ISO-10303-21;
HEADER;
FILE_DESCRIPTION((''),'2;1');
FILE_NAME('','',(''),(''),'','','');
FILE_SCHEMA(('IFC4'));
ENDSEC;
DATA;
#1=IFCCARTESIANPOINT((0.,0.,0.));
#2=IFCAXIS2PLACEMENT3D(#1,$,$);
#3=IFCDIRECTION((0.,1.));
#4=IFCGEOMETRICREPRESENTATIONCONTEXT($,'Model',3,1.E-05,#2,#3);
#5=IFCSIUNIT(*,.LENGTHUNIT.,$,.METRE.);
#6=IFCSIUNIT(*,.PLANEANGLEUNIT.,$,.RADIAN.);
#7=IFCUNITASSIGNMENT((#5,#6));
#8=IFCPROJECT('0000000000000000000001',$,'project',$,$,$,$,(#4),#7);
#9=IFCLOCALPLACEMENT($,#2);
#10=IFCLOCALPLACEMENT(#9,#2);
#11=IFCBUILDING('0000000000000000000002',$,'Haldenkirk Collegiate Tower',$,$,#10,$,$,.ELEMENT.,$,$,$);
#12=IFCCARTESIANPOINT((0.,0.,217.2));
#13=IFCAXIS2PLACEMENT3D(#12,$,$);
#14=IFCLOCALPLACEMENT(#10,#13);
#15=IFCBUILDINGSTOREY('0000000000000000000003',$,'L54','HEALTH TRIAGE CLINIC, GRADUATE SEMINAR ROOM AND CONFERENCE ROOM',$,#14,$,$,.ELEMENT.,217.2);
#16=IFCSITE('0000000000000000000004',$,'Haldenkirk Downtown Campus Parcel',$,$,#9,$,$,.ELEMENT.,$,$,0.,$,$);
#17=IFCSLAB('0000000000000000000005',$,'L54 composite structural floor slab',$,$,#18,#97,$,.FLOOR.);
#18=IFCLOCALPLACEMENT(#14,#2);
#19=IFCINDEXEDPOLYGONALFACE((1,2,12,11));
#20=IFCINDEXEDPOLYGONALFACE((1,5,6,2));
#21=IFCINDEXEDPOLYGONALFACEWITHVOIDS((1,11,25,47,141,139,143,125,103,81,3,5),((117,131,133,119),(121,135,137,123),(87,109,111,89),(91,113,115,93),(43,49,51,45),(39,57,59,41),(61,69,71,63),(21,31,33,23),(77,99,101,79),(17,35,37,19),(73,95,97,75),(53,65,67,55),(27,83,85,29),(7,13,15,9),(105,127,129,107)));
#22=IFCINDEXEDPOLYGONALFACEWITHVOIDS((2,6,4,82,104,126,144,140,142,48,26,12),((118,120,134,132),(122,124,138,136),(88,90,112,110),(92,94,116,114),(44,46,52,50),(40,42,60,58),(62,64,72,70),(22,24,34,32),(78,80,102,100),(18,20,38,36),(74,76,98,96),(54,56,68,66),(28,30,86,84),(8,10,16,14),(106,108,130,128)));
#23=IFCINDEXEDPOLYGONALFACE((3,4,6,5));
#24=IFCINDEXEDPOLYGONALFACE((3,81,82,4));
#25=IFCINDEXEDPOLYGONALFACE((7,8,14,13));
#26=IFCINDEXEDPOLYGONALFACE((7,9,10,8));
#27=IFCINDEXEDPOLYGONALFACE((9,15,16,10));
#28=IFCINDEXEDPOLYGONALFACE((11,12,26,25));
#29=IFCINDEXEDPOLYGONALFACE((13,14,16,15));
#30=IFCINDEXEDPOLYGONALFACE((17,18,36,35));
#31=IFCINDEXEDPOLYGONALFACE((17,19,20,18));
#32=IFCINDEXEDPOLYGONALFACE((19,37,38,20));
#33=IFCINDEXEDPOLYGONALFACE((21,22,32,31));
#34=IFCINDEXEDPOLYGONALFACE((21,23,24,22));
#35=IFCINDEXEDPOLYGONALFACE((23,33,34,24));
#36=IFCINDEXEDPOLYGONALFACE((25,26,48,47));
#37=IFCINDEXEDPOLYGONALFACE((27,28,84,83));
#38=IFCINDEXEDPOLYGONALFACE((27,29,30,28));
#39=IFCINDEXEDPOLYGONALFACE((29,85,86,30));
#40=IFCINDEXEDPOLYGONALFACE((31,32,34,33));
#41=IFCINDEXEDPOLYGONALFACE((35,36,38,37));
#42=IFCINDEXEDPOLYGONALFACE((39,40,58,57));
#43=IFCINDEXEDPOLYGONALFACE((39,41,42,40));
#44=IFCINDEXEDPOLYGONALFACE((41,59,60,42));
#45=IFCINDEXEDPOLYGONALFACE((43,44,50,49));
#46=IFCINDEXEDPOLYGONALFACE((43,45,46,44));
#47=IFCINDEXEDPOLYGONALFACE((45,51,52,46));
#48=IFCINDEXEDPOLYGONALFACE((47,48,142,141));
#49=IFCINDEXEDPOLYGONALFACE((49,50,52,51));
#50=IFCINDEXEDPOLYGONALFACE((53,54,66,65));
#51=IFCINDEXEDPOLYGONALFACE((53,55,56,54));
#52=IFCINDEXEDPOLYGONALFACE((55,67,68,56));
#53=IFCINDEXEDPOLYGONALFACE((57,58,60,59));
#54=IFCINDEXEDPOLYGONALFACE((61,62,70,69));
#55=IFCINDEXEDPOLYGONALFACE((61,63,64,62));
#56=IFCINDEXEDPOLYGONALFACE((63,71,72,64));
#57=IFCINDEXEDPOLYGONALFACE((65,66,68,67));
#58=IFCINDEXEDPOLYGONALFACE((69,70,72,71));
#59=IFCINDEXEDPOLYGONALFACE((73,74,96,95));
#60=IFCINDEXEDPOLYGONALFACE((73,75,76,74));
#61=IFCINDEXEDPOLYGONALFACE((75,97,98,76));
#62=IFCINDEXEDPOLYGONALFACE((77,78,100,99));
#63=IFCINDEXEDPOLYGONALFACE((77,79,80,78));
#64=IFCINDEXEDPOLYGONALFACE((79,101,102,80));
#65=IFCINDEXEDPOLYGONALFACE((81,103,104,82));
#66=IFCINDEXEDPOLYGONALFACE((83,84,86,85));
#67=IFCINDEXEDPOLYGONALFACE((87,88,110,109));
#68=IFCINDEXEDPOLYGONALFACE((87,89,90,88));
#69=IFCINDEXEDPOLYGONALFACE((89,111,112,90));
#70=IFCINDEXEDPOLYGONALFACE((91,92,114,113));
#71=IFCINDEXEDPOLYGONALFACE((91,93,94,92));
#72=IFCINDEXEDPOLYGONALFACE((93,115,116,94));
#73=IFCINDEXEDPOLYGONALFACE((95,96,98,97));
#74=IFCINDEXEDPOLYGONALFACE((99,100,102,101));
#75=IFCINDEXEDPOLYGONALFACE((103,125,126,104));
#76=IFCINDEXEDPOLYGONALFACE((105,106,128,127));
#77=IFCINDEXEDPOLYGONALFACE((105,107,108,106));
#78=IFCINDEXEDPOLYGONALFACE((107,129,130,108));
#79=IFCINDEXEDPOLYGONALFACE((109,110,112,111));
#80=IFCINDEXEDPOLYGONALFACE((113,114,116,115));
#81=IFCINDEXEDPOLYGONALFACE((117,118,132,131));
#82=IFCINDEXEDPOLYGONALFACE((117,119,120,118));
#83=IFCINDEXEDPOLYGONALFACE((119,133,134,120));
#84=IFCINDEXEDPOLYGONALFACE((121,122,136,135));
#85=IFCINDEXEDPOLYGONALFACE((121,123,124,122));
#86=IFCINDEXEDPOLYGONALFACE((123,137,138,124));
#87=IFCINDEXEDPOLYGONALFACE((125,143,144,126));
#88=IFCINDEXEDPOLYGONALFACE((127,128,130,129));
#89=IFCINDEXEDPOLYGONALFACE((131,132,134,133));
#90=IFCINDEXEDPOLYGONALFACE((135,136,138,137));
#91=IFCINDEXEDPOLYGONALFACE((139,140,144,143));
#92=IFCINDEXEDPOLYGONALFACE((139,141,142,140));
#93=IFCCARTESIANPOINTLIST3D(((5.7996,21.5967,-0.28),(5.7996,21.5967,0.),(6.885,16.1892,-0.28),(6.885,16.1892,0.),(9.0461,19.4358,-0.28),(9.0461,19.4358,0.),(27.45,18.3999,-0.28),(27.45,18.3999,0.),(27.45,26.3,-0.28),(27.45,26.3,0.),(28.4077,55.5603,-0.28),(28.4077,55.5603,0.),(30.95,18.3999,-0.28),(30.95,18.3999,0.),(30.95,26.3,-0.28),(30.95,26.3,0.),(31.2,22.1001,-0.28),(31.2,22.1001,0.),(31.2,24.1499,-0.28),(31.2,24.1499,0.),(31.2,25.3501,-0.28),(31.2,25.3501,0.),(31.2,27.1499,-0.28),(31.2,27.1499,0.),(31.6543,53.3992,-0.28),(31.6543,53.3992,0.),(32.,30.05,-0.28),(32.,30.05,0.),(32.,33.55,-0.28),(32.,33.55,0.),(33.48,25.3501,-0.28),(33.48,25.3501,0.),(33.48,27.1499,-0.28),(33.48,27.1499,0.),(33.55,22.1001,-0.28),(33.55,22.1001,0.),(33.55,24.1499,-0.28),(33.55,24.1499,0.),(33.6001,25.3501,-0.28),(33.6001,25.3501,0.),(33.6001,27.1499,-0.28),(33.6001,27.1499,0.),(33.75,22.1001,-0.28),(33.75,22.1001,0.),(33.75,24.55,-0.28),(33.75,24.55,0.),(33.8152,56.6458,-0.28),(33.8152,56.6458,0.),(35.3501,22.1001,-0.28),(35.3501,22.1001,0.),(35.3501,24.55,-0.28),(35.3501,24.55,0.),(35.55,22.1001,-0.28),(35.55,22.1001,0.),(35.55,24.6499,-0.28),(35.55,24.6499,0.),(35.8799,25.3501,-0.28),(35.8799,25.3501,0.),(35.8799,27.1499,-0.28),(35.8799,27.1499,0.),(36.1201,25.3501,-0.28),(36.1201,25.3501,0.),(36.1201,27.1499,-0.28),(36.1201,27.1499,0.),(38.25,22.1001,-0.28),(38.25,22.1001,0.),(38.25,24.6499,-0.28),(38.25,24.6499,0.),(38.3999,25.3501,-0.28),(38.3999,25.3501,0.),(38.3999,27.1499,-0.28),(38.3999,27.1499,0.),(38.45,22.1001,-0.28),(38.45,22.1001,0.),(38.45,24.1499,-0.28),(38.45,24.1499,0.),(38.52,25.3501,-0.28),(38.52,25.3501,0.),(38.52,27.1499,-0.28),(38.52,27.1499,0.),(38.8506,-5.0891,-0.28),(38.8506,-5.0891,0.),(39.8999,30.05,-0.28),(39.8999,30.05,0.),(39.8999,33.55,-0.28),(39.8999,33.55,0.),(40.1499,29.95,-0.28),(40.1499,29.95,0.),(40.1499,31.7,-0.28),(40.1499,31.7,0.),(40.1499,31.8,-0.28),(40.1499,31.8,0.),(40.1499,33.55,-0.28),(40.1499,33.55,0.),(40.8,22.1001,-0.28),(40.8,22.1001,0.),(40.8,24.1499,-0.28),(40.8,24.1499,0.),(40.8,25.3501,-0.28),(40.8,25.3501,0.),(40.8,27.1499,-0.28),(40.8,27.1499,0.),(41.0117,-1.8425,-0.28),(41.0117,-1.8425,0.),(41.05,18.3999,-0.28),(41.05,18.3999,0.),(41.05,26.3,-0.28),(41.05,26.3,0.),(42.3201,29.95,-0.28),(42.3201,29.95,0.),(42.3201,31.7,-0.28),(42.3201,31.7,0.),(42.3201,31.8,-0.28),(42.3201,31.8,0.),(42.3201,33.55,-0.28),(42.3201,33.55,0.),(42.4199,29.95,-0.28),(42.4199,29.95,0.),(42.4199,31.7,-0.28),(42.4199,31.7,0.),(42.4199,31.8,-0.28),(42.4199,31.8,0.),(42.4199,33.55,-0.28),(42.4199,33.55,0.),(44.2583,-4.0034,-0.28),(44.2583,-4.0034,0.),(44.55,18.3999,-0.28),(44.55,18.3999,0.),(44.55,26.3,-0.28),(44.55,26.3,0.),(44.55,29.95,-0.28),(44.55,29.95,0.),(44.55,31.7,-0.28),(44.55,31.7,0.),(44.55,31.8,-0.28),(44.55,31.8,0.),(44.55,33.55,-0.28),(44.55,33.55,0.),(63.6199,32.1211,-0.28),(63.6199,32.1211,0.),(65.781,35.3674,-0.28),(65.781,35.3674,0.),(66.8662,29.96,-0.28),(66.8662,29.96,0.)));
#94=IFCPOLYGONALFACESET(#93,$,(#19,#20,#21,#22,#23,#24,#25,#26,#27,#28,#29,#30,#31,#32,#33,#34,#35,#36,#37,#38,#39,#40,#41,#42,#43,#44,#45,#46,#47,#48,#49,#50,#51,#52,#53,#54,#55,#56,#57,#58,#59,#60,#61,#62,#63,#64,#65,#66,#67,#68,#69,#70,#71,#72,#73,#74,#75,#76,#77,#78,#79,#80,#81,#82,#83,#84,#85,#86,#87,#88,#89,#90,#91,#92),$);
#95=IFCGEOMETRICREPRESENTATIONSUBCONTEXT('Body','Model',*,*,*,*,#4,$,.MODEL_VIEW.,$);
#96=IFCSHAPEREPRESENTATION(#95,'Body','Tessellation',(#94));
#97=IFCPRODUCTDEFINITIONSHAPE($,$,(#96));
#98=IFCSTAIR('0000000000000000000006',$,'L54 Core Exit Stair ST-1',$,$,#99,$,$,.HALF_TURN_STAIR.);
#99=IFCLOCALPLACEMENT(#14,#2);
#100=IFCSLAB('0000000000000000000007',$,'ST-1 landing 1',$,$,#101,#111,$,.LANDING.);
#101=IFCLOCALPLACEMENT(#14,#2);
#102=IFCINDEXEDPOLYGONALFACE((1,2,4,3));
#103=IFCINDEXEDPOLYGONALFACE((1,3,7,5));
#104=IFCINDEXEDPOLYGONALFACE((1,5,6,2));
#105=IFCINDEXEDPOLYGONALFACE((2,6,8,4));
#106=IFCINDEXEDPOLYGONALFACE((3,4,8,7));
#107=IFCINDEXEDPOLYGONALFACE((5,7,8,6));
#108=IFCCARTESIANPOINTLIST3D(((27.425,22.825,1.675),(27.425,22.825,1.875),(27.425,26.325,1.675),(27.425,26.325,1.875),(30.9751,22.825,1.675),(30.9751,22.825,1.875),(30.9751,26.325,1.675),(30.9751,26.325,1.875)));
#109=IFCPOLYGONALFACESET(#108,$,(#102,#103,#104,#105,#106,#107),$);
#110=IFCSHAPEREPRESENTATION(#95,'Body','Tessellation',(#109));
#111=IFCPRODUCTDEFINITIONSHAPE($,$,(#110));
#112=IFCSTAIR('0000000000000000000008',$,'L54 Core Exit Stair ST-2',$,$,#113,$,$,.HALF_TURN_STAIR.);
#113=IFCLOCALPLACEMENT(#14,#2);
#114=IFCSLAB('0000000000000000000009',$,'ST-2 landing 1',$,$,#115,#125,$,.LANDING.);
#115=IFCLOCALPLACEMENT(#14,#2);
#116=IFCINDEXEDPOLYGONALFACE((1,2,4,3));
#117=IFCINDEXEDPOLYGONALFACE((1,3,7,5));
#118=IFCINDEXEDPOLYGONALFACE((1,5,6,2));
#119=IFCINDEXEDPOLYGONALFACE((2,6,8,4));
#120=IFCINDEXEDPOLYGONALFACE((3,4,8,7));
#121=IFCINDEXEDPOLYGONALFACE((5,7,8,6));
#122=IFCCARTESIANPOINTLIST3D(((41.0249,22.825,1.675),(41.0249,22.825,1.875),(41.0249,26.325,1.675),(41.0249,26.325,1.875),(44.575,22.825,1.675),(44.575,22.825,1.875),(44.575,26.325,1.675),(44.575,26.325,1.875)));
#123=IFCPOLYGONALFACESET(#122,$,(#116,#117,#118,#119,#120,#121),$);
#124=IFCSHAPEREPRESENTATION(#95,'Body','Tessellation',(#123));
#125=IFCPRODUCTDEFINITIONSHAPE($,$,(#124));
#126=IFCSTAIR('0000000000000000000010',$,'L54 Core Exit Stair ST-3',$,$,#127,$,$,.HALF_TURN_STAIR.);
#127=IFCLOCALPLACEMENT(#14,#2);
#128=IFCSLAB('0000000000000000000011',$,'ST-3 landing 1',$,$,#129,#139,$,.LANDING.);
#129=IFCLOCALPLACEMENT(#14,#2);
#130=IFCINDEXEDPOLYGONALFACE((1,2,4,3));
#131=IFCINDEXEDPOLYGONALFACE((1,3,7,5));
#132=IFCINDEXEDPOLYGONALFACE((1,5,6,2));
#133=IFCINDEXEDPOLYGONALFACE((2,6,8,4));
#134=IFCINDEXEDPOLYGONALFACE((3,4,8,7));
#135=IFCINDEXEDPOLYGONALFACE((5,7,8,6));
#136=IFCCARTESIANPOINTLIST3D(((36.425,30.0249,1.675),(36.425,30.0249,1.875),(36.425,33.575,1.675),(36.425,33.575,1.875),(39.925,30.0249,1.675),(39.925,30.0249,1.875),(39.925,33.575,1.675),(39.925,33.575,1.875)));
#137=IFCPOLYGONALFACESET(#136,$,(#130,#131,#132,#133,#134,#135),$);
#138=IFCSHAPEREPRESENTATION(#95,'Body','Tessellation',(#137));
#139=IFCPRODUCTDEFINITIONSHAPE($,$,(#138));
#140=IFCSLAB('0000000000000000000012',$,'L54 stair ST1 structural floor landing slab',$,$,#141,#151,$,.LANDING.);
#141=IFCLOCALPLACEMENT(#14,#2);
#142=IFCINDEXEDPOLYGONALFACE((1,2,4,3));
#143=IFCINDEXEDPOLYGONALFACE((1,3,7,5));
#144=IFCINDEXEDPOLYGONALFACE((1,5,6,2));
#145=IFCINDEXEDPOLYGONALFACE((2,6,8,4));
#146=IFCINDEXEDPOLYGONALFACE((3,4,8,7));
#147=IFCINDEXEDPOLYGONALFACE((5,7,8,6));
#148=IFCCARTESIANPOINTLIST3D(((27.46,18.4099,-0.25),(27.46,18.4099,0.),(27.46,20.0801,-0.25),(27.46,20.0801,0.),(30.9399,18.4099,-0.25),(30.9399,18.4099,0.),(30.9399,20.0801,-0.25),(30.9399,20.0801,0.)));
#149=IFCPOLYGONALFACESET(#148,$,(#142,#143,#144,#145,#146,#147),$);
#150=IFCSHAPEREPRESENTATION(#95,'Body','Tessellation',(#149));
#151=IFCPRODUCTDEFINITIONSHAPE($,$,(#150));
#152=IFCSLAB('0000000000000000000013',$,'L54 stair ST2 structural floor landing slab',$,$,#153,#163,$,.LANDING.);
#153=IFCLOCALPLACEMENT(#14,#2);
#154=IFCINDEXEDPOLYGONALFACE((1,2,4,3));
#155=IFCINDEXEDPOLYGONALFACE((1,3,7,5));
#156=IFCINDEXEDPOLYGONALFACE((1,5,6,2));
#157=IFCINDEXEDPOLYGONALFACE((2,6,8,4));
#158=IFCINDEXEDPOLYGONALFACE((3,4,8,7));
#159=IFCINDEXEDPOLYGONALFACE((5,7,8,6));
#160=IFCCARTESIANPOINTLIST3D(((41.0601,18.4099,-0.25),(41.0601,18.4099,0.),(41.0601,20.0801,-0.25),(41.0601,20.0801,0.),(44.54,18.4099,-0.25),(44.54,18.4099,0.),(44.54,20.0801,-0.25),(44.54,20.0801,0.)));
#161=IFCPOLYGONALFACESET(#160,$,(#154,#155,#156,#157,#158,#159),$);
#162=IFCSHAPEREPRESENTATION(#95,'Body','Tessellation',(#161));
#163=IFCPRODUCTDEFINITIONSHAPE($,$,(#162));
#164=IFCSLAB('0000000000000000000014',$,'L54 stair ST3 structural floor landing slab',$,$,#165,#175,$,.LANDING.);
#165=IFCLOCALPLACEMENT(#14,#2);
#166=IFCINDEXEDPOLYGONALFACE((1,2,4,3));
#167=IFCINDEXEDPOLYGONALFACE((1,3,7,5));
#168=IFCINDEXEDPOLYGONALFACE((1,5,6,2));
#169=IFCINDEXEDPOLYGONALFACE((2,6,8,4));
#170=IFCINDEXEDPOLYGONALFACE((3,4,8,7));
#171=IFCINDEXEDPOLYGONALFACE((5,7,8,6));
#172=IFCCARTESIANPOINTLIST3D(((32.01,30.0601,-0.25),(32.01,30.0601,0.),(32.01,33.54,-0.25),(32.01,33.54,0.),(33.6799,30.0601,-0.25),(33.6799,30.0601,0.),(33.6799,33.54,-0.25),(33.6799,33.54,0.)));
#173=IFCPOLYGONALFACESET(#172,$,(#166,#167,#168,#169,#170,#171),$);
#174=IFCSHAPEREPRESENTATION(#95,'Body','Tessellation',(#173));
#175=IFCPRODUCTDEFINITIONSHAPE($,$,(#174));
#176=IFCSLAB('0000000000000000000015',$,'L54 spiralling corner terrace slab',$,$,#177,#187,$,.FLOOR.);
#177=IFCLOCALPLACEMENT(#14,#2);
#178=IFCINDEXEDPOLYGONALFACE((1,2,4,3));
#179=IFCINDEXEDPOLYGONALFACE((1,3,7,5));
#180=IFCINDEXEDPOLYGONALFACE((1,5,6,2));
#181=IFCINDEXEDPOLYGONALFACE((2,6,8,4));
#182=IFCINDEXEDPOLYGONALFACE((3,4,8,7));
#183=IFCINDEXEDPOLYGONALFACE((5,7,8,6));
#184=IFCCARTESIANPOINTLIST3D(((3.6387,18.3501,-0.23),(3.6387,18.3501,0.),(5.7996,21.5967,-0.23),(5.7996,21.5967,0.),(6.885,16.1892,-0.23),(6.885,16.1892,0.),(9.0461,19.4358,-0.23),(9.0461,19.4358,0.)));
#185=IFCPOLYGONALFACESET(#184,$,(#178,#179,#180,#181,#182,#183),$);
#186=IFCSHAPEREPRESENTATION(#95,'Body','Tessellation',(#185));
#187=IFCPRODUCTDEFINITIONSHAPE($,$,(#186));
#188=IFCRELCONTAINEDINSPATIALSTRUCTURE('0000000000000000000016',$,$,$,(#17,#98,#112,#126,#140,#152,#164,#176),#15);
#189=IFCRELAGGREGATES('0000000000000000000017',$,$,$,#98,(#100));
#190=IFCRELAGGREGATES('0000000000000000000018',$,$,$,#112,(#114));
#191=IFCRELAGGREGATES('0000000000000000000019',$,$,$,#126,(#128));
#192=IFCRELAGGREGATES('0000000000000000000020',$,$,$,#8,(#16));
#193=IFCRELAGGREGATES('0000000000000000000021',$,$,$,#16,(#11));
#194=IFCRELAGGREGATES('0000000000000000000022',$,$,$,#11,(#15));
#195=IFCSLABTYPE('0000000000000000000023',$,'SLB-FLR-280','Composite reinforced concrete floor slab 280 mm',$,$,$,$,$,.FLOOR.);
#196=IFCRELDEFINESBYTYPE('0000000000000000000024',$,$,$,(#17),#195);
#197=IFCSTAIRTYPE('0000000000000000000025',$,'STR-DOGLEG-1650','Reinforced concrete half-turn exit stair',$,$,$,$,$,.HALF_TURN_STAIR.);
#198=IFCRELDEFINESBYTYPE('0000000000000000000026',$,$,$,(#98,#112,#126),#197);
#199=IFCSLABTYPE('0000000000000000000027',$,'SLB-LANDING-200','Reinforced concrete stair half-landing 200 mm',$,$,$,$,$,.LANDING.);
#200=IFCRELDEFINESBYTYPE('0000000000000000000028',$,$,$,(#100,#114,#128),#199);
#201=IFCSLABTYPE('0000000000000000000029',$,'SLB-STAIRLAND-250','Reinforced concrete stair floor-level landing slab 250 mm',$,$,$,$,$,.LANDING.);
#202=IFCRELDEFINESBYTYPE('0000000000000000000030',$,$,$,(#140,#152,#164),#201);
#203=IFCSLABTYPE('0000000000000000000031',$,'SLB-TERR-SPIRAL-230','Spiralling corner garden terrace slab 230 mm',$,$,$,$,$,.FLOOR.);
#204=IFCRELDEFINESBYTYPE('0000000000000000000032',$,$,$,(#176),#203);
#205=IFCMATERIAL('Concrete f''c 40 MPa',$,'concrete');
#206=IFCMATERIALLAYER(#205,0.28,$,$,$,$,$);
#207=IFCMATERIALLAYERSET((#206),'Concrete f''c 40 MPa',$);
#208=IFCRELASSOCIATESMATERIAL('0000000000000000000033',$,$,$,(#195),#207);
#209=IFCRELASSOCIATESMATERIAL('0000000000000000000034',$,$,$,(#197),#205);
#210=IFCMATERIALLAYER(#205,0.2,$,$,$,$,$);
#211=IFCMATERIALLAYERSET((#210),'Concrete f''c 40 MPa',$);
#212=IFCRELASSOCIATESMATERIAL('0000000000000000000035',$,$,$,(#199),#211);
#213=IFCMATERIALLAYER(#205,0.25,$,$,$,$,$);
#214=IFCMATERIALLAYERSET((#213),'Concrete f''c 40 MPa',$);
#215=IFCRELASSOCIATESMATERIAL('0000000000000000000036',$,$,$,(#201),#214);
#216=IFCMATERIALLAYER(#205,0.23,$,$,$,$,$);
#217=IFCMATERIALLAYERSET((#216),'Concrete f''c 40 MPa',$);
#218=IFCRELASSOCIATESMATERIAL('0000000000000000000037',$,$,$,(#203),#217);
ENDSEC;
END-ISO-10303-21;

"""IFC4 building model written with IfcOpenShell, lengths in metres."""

from ifc_helpers import new_model, si_unit, direction, frame, origin, place, context, subcontext, project, spatial, polyline, outline, extrude, material, layer, layer_set, type_object, element, aggregate, save


model = new_model("IFC4")

# Units and contexts
model_context = context("Model", 3, precision=1e-05, world=origin(), true_north=direction((0.0, 1.0)))
body_context = subcontext(model_context, "Body", "Model", "MODEL_VIEW")
ifc_project = project(units=[si_unit("LENGTHUNIT", "METRE"), si_unit("PLANEANGLEUNIT", "RADIAN")], contexts=[model_context])

# Site, building, storey
site_placement = place(None, origin())
site = spatial("IfcSite", under=ifc_project, at=site_placement, Name="Haldenkirk Downtown Campus Parcel", CompositionType="ELEMENT", RefElevation=0.0)
building_placement = place(site_placement, origin())
building = spatial("IfcBuilding", under=site, at=building_placement, Name="Haldenkirk Collegiate Tower", CompositionType="ELEMENT")
storey_placement = place(building_placement, frame((0.0, 0.0, 217.2)))
storey = spatial("IfcBuildingStorey", under=building, at=storey_placement, Name="L54", Description="HEALTH TRIAGE CLINIC, GRADUATE SEMINAR ROOM AND CONFERENCE ROOM", CompositionType="ELEMENT", Elevation=217.2)

# Slab
ifc_material_1 = material(Name="Concrete f'c 40 MPa", Category="concrete")
ifc_layer_1 = layer(ifc_material_1, 0.28)
ifc_layer_set_1 = layer_set([ifc_layer_1], Name="Concrete f'c 40 MPa")
slab_type_1 = type_object("IfcSlabType", Name="SLB-FLR-280", Description="Composite reinforced concrete floor slab 280 mm", PredefinedType="FLOOR", material=ifc_layer_set_1)
slab_1_placement = place(storey_placement, frame((0.0, 0.0, -0.28)))
element("IfcSlab", 1, at=slab_1_placement, inside=storey, type_object=slab_type_1, Name="L54 composite structural floor slab", PredefinedType="FLOOR", context=body_context, shape_type="SweptSolid", body=[
    extrude(outline(polyline([(44.2583, -4.0034), (66.8662, 29.96), (63.6199, 32.1211), (65.781, 35.3674), (33.8152, 56.6458), (31.6543, 53.3992), (28.4077, 55.5603), (5.7996, 21.5967), (9.0461, 19.4358), (6.885, 16.1892), (38.8506, -5.0891), (41.0117, -1.8425), (44.2583, -4.0034)]), holes=[polyline([(27.45, 18.3999), (30.95, 18.3999), (30.95, 26.3), (27.45, 26.3), (27.45, 18.3999)]), polyline([(41.05, 18.3999), (44.55, 18.3999), (44.55, 26.3), (41.05, 26.3), (41.05, 18.3999)]), polyline([(32.0, 30.05), (39.8999, 30.05), (39.8999, 33.55), (32.0, 33.55), (32.0, 30.05)]), polyline([(33.75, 22.1001), (35.3501, 22.1001), (35.3501, 24.55), (33.75, 24.55), (33.75, 22.1001)]), polyline([(40.1499, 29.95), (42.3201, 29.95), (42.3201, 31.7), (40.1499, 31.7), (40.1499, 29.95)]), polyline([(42.4199, 29.95), (44.55, 29.95), (44.55, 31.7), (42.4199, 31.7), (42.4199, 29.95)]), polyline([(40.1499, 31.8), (42.3201, 31.8), (42.3201, 33.55), (40.1499, 33.55), (40.1499, 31.8)]), polyline([(42.4199, 31.8), (44.55, 31.8), (44.55, 33.55), (42.4199, 33.55), (42.4199, 31.8)]), polyline([(31.2, 25.3501), (33.48, 25.3501), (33.48, 27.1499), (31.2, 27.1499), (31.2, 25.3501)]), polyline([(33.6001, 25.3501), (35.8799, 25.3501), (35.8799, 27.1499), (33.6001, 27.1499), (33.6001, 25.3501)]), polyline([(36.1201, 25.3501), (38.3999, 25.3501), (38.3999, 27.1499), (36.1201, 27.1499), (36.1201, 25.3501)]), polyline([(38.52, 25.3501), (40.8, 25.3501), (40.8, 27.1499), (38.52, 27.1499), (38.52, 25.3501)]), polyline([(31.2, 22.1001), (33.55, 22.1001), (33.55, 24.1499), (31.2, 24.1499), (31.2, 22.1001)]), polyline([(38.45, 22.1001), (40.8, 22.1001), (40.8, 24.1499), (38.45, 24.1499), (38.45, 22.1001)]), polyline([(35.55, 22.1001), (38.25, 22.1001), (38.25, 24.6499), (35.55, 24.6499), (35.55, 22.1001)])]), origin(), (0.0, 0.0, 1.0), 0.28),
])

# Stairs, slabs
stair_type = type_object("IfcStairType", Name="STR-DOGLEG-1650", Description="Reinforced concrete half-turn exit stair", PredefinedType="HALF_TURN_STAIR", material=ifc_material_1)
stair_1_placement = place(storey_placement, origin())
stair_1 = element("IfcStair", 2, at=stair_1_placement, inside=storey, type_object=stair_type, Name="L54 Core Exit Stair ST-1", PredefinedType="HALF_TURN_STAIR")
ifc_layer_2 = layer(ifc_material_1, 0.2)
ifc_layer_set_2 = layer_set([ifc_layer_2], Name="Concrete f'c 40 MPa")
slab_type_2 = type_object("IfcSlabType", Name="SLB-LANDING-200", Description="Reinforced concrete stair half-landing 200 mm", PredefinedType="LANDING", material=ifc_layer_set_2)
slab_2_placement = place(storey_placement, frame((0.0, 0.0, 1.675)))
slab_2 = element("IfcSlab", 3, at=slab_2_placement, type_object=slab_type_2, Name="ST-1 landing 1", PredefinedType="LANDING", context=body_context, shape_type="SweptSolid", body=[
    extrude(outline(polyline([(30.9751, 22.825), (27.425, 22.825), (27.425, 26.325), (30.9751, 26.325), (30.9751, 22.825)])), origin(), (0.0, 0.0, 1.0), 0.2),
])
aggregate(stair_1, [slab_2])
stair_2_placement = place(storey_placement, origin())
stair_2 = element("IfcStair", 4, at=stair_2_placement, inside=storey, type_object=stair_type, Name="L54 Core Exit Stair ST-2", PredefinedType="HALF_TURN_STAIR")
slab_3_placement = place(storey_placement, frame((0.0, 0.0, 1.675)))
slab_3 = element("IfcSlab", 5, at=slab_3_placement, type_object=slab_type_2, Name="ST-2 landing 1", PredefinedType="LANDING", context=body_context, shape_type="SweptSolid", body=[
    extrude(outline(polyline([(44.575, 22.825), (41.0249, 22.825), (41.0249, 26.325), (44.575, 26.325), (44.575, 22.825)])), origin(), (0.0, 0.0, 1.0), 0.2),
])
aggregate(stair_2, [slab_3])
stair_3_placement = place(storey_placement, origin())
stair_3 = element("IfcStair", 6, at=stair_3_placement, inside=storey, type_object=stair_type, Name="L54 Core Exit Stair ST-3", PredefinedType="HALF_TURN_STAIR")
slab_4_placement = place(storey_placement, frame((0.0, 0.0, 1.675)))
slab_4 = element("IfcSlab", 7, at=slab_4_placement, type_object=slab_type_2, Name="ST-3 landing 1", PredefinedType="LANDING", context=body_context, shape_type="SweptSolid", body=[
    extrude(outline(polyline([(36.425, 30.0249), (36.425, 33.575), (39.925, 33.575), (39.925, 30.0249), (36.425, 30.0249)])), origin(), (0.0, 0.0, 1.0), 0.2),
])
aggregate(stair_3, [slab_4])

# Slabs
ifc_layer_3 = layer(ifc_material_1, 0.25)
ifc_layer_set_3 = layer_set([ifc_layer_3], Name="Concrete f'c 40 MPa")
slab_type_3 = type_object("IfcSlabType", Name="SLB-STAIRLAND-250", Description="Reinforced concrete stair floor-level landing slab 250 mm", PredefinedType="LANDING", material=ifc_layer_set_3)
slab_5_placement = place(storey_placement, frame((0.0, 0.0, -0.25)))
element("IfcSlab", 8, at=slab_5_placement, inside=storey, type_object=slab_type_3, Name="L54 stair ST1 structural floor landing slab", PredefinedType="LANDING", context=body_context, shape_type="SweptSolid", body=[
    extrude(outline(polyline([(27.46, 18.4099), (30.9399, 18.4099), (30.9399, 20.0801), (27.46, 20.0801), (27.46, 18.4099)])), origin(), (0.0, 0.0, 1.0), 0.25),
])
slab_6_placement = place(storey_placement, frame((0.0, 0.0, -0.25)))
element("IfcSlab", 9, at=slab_6_placement, inside=storey, type_object=slab_type_3, Name="L54 stair ST2 structural floor landing slab", PredefinedType="LANDING", context=body_context, shape_type="SweptSolid", body=[
    extrude(outline(polyline([(41.0601, 18.4099), (44.54, 18.4099), (44.54, 20.0801), (41.0601, 20.0801), (41.0601, 18.4099)])), origin(), (0.0, 0.0, 1.0), 0.25),
])
slab_7_placement = place(storey_placement, frame((0.0, 0.0, -0.25)))
element("IfcSlab", 10, at=slab_7_placement, inside=storey, type_object=slab_type_3, Name="L54 stair ST3 structural floor landing slab", PredefinedType="LANDING", context=body_context, shape_type="SweptSolid", body=[
    extrude(outline(polyline([(32.01, 30.0601), (33.6799, 30.0601), (33.6799, 33.54), (32.01, 33.54), (32.01, 30.0601)])), origin(), (0.0, 0.0, 1.0), 0.25),
])
ifc_layer_4 = layer(ifc_material_1, 0.23)
ifc_layer_set_4 = layer_set([ifc_layer_4], Name="Concrete f'c 40 MPa")
slab_type_4 = type_object("IfcSlabType", Name="SLB-TERR-SPIRAL-230", Description="Spiralling corner garden terrace slab 230 mm", PredefinedType="FLOOR", material=ifc_layer_set_4)
slab_8_placement = place(storey_placement, frame((0.0, 0.0, -0.23)))
element("IfcSlab", 11, at=slab_8_placement, inside=storey, type_object=slab_type_4, Name="L54 spiralling corner terrace slab", PredefinedType="FLOOR", context=body_context, shape_type="SweptSolid", body=[
    extrude(outline(polyline([(6.885, 16.1892), (9.0461, 19.4358), (5.7996, 21.5967), (3.6387, 18.3501), (6.885, 16.1892)])), origin(), (0.0, 0.0, 1.0), 0.23),
])

save(model, "model.ifc")
